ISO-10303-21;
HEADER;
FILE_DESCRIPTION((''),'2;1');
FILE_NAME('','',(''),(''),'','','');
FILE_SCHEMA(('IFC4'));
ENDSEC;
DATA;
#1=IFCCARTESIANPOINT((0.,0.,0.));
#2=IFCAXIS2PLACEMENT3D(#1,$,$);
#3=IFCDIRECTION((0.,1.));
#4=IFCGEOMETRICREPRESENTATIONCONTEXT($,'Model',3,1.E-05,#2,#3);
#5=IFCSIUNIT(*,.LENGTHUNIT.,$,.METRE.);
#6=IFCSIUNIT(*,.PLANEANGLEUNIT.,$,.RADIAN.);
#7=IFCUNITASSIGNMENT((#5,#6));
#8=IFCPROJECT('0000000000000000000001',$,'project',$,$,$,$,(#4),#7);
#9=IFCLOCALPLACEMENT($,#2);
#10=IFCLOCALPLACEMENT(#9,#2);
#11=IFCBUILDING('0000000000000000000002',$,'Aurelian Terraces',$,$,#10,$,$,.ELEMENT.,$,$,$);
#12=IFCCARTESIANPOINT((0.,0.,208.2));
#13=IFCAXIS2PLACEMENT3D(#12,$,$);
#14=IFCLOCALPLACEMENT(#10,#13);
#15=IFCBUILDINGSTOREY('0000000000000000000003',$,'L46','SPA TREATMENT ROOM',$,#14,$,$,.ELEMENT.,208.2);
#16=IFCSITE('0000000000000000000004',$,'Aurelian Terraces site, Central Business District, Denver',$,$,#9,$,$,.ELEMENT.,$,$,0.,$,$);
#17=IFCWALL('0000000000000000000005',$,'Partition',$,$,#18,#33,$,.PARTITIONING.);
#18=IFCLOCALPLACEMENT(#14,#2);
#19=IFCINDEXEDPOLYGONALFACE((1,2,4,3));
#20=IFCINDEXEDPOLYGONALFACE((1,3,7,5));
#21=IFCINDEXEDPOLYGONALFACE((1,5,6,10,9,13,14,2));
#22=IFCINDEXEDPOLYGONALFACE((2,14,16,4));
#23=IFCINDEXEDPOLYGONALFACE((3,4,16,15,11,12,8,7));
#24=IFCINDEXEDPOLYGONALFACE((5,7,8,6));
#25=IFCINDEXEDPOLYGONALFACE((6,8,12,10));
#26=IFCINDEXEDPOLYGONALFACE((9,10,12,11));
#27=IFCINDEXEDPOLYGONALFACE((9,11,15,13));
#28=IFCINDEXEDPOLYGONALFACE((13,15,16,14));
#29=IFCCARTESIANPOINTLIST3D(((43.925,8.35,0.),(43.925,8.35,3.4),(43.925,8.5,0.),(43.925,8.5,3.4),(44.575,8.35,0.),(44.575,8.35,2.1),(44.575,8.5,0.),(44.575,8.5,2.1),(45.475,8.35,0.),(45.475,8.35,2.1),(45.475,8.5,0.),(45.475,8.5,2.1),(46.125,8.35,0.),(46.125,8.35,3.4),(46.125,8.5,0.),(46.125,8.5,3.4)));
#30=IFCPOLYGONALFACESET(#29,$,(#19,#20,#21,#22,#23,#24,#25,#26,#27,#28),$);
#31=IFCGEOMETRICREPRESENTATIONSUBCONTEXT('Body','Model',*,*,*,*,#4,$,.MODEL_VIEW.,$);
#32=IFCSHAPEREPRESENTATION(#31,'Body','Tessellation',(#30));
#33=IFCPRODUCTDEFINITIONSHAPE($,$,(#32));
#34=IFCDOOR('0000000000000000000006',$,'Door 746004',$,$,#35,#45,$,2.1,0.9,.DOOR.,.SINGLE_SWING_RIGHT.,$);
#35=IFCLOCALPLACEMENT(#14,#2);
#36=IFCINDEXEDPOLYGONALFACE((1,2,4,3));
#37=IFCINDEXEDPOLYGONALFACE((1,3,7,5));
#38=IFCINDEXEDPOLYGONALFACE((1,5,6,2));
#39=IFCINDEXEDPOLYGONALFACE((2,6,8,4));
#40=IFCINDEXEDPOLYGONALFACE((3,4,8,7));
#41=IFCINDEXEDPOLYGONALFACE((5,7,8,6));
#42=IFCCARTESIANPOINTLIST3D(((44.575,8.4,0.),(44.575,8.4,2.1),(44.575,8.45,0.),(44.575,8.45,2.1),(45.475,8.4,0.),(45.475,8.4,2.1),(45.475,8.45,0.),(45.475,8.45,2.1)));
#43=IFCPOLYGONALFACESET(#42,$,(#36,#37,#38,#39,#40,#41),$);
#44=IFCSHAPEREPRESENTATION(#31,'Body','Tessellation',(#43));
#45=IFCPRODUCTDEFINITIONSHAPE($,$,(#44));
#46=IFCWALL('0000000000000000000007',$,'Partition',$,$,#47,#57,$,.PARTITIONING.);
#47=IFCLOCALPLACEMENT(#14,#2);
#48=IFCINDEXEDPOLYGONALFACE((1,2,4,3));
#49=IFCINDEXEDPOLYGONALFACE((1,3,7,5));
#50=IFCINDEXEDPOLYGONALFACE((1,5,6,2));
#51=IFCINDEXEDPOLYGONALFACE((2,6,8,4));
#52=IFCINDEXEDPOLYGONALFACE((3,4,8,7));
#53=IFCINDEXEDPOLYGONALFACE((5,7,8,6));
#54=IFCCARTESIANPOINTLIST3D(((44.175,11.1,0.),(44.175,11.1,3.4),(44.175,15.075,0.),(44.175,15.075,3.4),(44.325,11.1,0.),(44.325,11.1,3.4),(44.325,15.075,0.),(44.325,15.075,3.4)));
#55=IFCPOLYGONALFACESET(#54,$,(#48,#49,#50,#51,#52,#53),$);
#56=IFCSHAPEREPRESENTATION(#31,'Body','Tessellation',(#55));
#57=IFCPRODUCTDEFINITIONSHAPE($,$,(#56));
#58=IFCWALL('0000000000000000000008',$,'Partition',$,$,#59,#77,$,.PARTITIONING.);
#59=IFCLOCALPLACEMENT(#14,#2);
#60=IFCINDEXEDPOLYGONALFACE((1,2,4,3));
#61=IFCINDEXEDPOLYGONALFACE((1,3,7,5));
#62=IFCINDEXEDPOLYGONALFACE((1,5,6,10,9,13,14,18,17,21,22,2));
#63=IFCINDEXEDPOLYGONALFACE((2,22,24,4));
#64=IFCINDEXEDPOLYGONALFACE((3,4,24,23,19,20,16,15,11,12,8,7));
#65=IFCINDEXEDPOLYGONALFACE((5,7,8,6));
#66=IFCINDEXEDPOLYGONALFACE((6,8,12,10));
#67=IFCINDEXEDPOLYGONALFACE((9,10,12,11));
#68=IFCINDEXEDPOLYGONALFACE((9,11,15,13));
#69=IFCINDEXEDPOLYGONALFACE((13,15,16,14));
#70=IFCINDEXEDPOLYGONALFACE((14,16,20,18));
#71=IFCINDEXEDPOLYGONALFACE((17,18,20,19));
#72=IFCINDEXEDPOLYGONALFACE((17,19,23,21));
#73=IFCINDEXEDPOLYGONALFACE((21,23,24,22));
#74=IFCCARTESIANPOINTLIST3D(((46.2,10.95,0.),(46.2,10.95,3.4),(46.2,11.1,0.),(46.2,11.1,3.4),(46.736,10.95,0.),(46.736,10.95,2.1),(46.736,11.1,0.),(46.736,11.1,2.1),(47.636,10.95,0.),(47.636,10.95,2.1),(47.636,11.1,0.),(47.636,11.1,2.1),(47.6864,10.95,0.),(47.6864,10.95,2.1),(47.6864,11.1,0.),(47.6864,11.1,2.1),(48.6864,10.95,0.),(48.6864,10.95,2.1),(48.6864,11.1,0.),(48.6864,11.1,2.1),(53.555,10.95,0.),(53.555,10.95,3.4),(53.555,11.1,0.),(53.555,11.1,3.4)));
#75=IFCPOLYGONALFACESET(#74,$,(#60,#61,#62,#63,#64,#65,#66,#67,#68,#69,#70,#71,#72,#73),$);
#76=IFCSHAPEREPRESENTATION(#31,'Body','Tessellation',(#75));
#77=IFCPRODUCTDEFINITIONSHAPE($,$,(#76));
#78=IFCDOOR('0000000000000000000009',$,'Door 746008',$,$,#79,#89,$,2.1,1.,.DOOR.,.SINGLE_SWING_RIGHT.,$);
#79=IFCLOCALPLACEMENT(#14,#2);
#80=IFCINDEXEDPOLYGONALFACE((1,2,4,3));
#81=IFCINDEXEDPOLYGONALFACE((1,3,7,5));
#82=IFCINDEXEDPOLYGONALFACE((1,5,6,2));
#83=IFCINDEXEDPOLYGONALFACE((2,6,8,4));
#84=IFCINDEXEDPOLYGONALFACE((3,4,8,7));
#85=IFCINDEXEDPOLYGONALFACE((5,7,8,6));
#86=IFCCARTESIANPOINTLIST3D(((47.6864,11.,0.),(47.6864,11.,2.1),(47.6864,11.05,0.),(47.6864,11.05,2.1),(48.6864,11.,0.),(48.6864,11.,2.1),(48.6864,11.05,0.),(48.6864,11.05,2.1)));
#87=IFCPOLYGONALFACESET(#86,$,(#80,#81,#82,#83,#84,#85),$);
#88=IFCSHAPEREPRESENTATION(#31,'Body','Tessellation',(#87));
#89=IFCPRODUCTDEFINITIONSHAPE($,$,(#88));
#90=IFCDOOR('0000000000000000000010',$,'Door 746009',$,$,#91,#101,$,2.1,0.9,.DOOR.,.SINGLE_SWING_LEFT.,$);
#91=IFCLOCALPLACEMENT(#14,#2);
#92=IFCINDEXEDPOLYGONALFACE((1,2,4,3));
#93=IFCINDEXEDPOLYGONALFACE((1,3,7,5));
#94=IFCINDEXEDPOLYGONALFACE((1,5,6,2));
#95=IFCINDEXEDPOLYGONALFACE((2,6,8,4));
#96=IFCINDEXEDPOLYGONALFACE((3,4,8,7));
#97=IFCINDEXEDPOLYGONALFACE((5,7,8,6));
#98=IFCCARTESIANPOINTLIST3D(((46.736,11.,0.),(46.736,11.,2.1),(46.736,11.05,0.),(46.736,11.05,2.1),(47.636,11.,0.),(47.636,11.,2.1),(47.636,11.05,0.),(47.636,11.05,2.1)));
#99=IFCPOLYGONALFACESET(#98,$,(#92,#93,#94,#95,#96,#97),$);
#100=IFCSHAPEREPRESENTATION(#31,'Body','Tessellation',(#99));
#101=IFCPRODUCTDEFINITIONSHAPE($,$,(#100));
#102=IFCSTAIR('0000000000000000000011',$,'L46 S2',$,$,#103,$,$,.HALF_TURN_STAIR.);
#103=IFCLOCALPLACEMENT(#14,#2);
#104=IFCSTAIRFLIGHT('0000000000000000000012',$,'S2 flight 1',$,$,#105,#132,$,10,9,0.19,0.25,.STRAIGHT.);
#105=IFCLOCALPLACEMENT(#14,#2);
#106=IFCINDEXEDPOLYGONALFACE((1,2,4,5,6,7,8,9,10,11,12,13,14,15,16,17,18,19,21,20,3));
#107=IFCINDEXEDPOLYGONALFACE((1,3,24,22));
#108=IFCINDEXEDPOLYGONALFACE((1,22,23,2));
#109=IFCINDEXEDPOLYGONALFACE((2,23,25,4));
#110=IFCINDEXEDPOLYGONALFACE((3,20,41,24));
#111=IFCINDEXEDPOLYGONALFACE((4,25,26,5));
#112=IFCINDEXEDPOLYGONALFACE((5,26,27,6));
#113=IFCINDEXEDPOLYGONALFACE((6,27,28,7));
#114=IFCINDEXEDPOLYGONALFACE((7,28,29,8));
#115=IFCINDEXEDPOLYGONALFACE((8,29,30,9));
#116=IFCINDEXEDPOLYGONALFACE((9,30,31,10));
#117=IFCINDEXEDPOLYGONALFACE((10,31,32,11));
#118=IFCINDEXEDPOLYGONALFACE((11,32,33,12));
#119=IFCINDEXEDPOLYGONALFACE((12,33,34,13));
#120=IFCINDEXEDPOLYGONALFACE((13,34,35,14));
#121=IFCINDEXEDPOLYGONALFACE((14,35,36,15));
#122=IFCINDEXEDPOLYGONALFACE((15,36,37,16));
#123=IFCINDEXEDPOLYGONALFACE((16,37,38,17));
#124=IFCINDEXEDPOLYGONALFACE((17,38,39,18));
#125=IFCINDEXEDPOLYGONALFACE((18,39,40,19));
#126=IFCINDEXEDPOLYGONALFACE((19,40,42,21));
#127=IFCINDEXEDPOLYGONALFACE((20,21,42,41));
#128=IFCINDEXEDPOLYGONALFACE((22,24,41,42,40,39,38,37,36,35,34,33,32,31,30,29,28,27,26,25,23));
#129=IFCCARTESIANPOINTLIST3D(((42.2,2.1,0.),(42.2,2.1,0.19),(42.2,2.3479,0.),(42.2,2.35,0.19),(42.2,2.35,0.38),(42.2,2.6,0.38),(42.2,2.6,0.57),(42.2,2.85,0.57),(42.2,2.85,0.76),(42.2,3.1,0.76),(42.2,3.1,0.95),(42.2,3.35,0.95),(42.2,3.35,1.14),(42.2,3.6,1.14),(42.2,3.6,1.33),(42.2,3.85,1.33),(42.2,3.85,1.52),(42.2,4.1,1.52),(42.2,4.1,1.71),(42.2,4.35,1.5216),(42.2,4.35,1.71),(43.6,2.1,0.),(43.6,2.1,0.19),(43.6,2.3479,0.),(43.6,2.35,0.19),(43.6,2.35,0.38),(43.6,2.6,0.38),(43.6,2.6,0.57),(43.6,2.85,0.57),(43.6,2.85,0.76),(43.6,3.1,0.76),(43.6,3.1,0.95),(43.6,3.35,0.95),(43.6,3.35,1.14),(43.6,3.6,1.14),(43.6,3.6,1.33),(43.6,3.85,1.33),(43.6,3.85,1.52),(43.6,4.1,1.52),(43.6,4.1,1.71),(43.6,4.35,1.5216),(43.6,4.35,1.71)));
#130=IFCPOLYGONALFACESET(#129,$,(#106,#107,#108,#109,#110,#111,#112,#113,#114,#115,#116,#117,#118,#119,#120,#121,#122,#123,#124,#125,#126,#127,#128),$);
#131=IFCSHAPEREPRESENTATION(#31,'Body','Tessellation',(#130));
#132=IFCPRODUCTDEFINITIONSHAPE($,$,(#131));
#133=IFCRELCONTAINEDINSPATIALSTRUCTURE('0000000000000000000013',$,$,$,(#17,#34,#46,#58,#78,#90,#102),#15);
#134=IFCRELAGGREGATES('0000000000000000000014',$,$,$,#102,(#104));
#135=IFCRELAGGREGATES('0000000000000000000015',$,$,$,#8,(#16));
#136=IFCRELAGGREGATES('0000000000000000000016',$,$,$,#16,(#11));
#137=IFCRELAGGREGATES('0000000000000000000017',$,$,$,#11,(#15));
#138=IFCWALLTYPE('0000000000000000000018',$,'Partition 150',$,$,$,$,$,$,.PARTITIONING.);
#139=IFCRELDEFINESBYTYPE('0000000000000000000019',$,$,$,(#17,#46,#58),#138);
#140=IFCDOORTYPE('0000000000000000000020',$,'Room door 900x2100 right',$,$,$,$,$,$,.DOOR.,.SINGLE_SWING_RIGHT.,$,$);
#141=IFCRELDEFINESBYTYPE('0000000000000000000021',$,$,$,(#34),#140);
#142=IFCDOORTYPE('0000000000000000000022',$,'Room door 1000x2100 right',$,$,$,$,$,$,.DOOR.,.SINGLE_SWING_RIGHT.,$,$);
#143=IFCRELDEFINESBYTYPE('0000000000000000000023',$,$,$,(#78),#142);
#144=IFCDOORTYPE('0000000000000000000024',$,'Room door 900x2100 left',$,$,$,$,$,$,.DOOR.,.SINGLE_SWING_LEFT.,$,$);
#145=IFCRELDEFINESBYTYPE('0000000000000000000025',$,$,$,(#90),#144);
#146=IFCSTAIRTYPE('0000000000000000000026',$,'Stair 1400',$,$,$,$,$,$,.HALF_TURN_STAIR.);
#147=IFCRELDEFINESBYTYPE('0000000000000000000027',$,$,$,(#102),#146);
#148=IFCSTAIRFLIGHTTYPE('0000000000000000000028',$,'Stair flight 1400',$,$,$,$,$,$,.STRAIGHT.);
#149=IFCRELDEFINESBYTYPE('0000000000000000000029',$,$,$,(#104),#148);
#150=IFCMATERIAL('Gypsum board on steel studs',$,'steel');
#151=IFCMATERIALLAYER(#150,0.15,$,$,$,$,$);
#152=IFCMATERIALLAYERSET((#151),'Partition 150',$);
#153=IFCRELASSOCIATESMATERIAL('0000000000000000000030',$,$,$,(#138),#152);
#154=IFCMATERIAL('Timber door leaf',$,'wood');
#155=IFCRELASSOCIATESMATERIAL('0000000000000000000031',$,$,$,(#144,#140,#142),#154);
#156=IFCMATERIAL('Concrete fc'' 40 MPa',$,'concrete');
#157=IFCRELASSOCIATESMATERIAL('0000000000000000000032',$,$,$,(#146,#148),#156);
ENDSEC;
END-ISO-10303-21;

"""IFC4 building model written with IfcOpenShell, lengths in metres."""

from ifc_helpers import new_model, si_unit, direction, frame, frame_2d, origin, place, context, subcontext, project, spatial, polyline, rectangle, outline, extrude, source, transform, mapped, material, layer, layer_set, type_object, element, fill, aggregate, save


model = new_model("IFC4")

# Units and contexts
model_context = context("Model", 3, precision=1e-05, world=origin(), true_north=direction((0.0, 1.0)))
body_context = subcontext(model_context, "Body", "Model", "MODEL_VIEW")
ifc_project = project(units=[si_unit("LENGTHUNIT", "METRE"), si_unit("PLANEANGLEUNIT", "RADIAN")], contexts=[model_context])

# Site, building, storey
site_placement = place(None, origin())
site = spatial("IfcSite", under=ifc_project, at=site_placement, Name="Aurelian Terraces site, Central Business District, Denver", CompositionType="ELEMENT", RefElevation=0.0)
building_placement = place(site_placement, origin())
building = spatial("IfcBuilding", under=site, at=building_placement, Name="Aurelian Terraces", CompositionType="ELEMENT")
storey_placement = place(building_placement, frame((0.0, 0.0, 208.2)))
storey = spatial("IfcBuildingStorey", under=building, at=storey_placement, Name="L46", Description="SPA TREATMENT ROOM", CompositionType="ELEMENT", Elevation=208.2)

# Shared definitions
ifc_material_1 = material(Name="Concrete fc' 40 MPa", Category="concrete")

# Shared definitions
ifc_material_2 = material(Name="Gypsum board on steel studs", Category="steel")
ifc_layer_1 = layer(ifc_material_2, 0.15)
ifc_layer_set_1 = layer_set([ifc_layer_1], Name="Partition 150")
wall_type_1 = type_object("IfcWallType", Name="Partition 150", PredefinedType="PARTITIONING", material=ifc_layer_set_1)

# Shared definitions
shared_shape_1 = source(origin(), body_context, "Body", "SweptSolid", [
    extrude(rectangle(XDim=0.9, YDim=2.1, at=frame_2d((0.45, 1.05))), frame((0.0, 0.085, 0.0), z_axis=(0.0, -1.0, 0.0), x_axis=(1.0, 0.0, 0.0)), (0.0, 0.0, 1.0), 0.17),
])
ifc_material_3 = material(Name="Timber door leaf", Category="wood")
door_type_1 = type_object("IfcDoorType", Name="Room door 900x2100 left", OperationType="SINGLE_SWING_LEFT", PredefinedType="DOOR", material=ifc_material_3)
shared_shape_2 = source(origin(), body_context, "Body", "SweptSolid", [
    extrude(rectangle(XDim=0.9, YDim=2.1, at=frame_2d((0.45, 1.05))), frame((0.0, 0.025, 0.0), z_axis=(0.0, -1.0, 0.0), x_axis=(1.0, 0.0, 0.0)), (0.0, 0.0, 1.0), 0.05),
])

# Wall, opening, door
shared_shape_3 = source(origin(), body_context, "Body", "SweptSolid", [
    extrude(rectangle(XDim=2.2, YDim=0.15, at=frame_2d((1.1, 0.0))), origin(), (0.0, 0.0, 1.0), 3.4),
])
wall_1_placement = place(storey_placement, frame((46.125, 8.425, 0.0), z_axis=(0.0, 0.0, 1.0), x_axis=(-1.0, 0.0, 0.0)))
wall_1 = element("IfcWall", 1, at=wall_1_placement, inside=storey, type_object=wall_type_1, Name="Partition", PredefinedType="PARTITIONING", context=body_context, shape_type="MappedRepresentation", body=[
    mapped(shared_shape_3, transform((0.0, 0.0, 0.0), scale=1.0)),
])
opening_1_placement = place(wall_1_placement, frame((0.65, 0.0, 0.0)))
opening_1 = element("IfcOpeningElement", 2, at=opening_1_placement, cuts=wall_1, PredefinedType="OPENING", context=body_context, shape_type="MappedRepresentation", body=[
    mapped(shared_shape_1, transform((0.0, 0.0, 0.0), scale=1.0)),
])
door_type_2 = type_object("IfcDoorType", Name="Room door 900x2100 right", OperationType="SINGLE_SWING_RIGHT", PredefinedType="DOOR", material=ifc_material_3)
door_1_placement = place(opening_1_placement, origin())
door_1 = element("IfcDoor", 3, at=door_1_placement, inside=storey, type_object=door_type_2, Name="Door 746004", OperationType="SINGLE_SWING_RIGHT", OverallHeight=2.1, OverallWidth=0.9, PredefinedType="DOOR", context=body_context, shape_type="MappedRepresentation", body=[
    mapped(shared_shape_2, transform((0.0, 0.0, 0.0), scale=1.0)),
])
fill(opening_1, door_1)

# Wall
shared_shape_4 = source(origin(), body_context, "Body", "SweptSolid", [
    extrude(rectangle(XDim=3.975, YDim=0.15, at=frame_2d((1.9875, 0.0))), origin(), (0.0, 0.0, 1.0), 3.4),
])
wall_2_placement = place(storey_placement, frame((44.25, 11.1, 0.0), z_axis=(0.0, 0.0, 1.0), x_axis=(0.0, 1.0, 0.0)))
element("IfcWall", 4, at=wall_2_placement, inside=storey, type_object=wall_type_1, Name="Partition", PredefinedType="PARTITIONING", context=body_context, shape_type="MappedRepresentation", body=[
    mapped(shared_shape_4, transform((0.0, 0.0, 0.0), scale=1.0)),
])

# Wall, openings, doors
shared_shape_5 = source(origin(), body_context, "Body", "SweptSolid", [
    extrude(rectangle(XDim=7.355, YDim=0.15, at=frame_2d((3.6775, 0.0))), origin(), (0.0, 0.0, 1.0), 3.4),
])
wall_3_placement = place(storey_placement, frame((53.555, 11.025, 0.0), z_axis=(0.0, 0.0, 1.0), x_axis=(-1.0, 0.0, 0.0)))
wall_3 = element("IfcWall", 5, at=wall_3_placement, inside=storey, type_object=wall_type_1, Name="Partition", PredefinedType="PARTITIONING", context=body_context, shape_type="MappedRepresentation", body=[
    mapped(shared_shape_5, transform((0.0, 0.0, 0.0), scale=1.0)),
])
shared_shape_6 = source(origin(), body_context, "Body", "SweptSolid", [
    extrude(rectangle(XDim=1.0, YDim=2.1, at=frame_2d((0.5, 1.05))), frame((0.0, 0.085, 0.0), z_axis=(0.0, -1.0, 0.0), x_axis=(1.0, 0.0, 0.0)), (0.0, 0.0, 1.0), 0.17),
])
opening_2_placement = place(wall_3_placement, frame((4.8686, 0.0, 0.0)))
opening_2 = element("IfcOpeningElement", 6, at=opening_2_placement, cuts=wall_3, PredefinedType="OPENING", context=body_context, shape_type="MappedRepresentation", body=[
    mapped(shared_shape_6, transform((0.0, 0.0, 0.0), scale=1.0)),
])
opening_3_placement = place(wall_3_placement, frame((5.919, 0.0, 0.0)))
opening_3 = element("IfcOpeningElement", 7, at=opening_3_placement, cuts=wall_3, PredefinedType="OPENING", context=body_context, shape_type="MappedRepresentation", body=[
    mapped(shared_shape_1, transform((0.0, 0.0, 0.0), scale=1.0)),
])
door_type_3 = type_object("IfcDoorType", Name="Room door 1000x2100 right", OperationType="SINGLE_SWING_RIGHT", PredefinedType="DOOR", material=ifc_material_3)
shared_shape_7 = source(origin(), body_context, "Body", "SweptSolid", [
    extrude(rectangle(XDim=1.0, YDim=2.1, at=frame_2d((0.5, 1.05))), frame((0.0, 0.025, 0.0), z_axis=(0.0, -1.0, 0.0), x_axis=(1.0, 0.0, 0.0)), (0.0, 0.0, 1.0), 0.05),
])
door_2_placement = place(opening_2_placement, origin())
door_2 = element("IfcDoor", 8, at=door_2_placement, inside=storey, type_object=door_type_3, Name="Door 746008", OperationType="SINGLE_SWING_RIGHT", OverallHeight=2.1, OverallWidth=1.0, PredefinedType="DOOR", context=body_context, shape_type="MappedRepresentation", body=[
    mapped(shared_shape_7, transform((0.0, 0.0, 0.0), scale=1.0)),
])
fill(opening_2, door_2)
door_3_placement = place(opening_3_placement, origin())
door_3 = element("IfcDoor", 9, at=door_3_placement, inside=storey, type_object=door_type_1, Name="Door 746009", OperationType="SINGLE_SWING_LEFT", OverallHeight=2.1, OverallWidth=0.9, PredefinedType="DOOR", context=body_context, shape_type="MappedRepresentation", body=[
    mapped(shared_shape_2, transform((0.0, 0.0, 0.0), scale=1.0)),
])
fill(opening_3, door_3)

# Stair, stair flight
stair_type = type_object("IfcStairType", Name="Stair 1400", PredefinedType="HALF_TURN_STAIR", material=ifc_material_1)
stair_placement = place(storey_placement, origin())
stair = element("IfcStair", 10, at=stair_placement, inside=storey, type_object=stair_type, Name="L46 S2", PredefinedType="HALF_TURN_STAIR")
stair_flight_type = type_object("IfcStairFlightType", Name="Stair flight 1400", PredefinedType="STRAIGHT", material=ifc_material_1)
shared_shape_8 = source(origin(), body_context, "Body", "SweptSolid", [
    extrude(outline(polyline([(0.0, 0.0), (0.0, 0.19), (0.25, 0.19), (0.25, 0.38), (0.5, 0.38), (0.5, 0.57), (0.75, 0.57), (0.75, 0.76), (1.0, 0.76), (1.0, 0.95), (1.25, 0.95), (1.25, 1.14), (1.5, 1.14), (1.5, 1.33), (1.75, 1.33), (1.75, 1.52), (2.0, 1.52), (2.0, 1.71), (2.25, 1.71), (2.25, 1.9), (2.25, 1.5216), (0.2479, 0.0), (0.0, 0.0)])), frame((0.0, 0.7, 0.0), z_axis=(0.0, -1.0, 0.0), x_axis=(1.0, 0.0, 0.0)), (0.0, 0.0, 1.0), 1.4),
])
stair_flight_placement = place(storey_placement, frame((42.9, 2.1, 0.0), z_axis=(0.0, 0.0, 1.0), x_axis=(0.0, 1.0, 0.0)))
stair_flight = element("IfcStairFlight", 11, at=stair_flight_placement, type_object=stair_flight_type, Name="S2 flight 1", NumberOfRisers=10, NumberOfTreads=9, PredefinedType="STRAIGHT", RiserHeight=0.19, TreadLength=0.25, context=body_context, shape_type="MappedRepresentation", body=[
    mapped(shared_shape_8, transform((0.0, 0.0, 0.0), scale=1.0)),
])
aggregate(stair, [stair_flight])

save(model, "model.ifc")
